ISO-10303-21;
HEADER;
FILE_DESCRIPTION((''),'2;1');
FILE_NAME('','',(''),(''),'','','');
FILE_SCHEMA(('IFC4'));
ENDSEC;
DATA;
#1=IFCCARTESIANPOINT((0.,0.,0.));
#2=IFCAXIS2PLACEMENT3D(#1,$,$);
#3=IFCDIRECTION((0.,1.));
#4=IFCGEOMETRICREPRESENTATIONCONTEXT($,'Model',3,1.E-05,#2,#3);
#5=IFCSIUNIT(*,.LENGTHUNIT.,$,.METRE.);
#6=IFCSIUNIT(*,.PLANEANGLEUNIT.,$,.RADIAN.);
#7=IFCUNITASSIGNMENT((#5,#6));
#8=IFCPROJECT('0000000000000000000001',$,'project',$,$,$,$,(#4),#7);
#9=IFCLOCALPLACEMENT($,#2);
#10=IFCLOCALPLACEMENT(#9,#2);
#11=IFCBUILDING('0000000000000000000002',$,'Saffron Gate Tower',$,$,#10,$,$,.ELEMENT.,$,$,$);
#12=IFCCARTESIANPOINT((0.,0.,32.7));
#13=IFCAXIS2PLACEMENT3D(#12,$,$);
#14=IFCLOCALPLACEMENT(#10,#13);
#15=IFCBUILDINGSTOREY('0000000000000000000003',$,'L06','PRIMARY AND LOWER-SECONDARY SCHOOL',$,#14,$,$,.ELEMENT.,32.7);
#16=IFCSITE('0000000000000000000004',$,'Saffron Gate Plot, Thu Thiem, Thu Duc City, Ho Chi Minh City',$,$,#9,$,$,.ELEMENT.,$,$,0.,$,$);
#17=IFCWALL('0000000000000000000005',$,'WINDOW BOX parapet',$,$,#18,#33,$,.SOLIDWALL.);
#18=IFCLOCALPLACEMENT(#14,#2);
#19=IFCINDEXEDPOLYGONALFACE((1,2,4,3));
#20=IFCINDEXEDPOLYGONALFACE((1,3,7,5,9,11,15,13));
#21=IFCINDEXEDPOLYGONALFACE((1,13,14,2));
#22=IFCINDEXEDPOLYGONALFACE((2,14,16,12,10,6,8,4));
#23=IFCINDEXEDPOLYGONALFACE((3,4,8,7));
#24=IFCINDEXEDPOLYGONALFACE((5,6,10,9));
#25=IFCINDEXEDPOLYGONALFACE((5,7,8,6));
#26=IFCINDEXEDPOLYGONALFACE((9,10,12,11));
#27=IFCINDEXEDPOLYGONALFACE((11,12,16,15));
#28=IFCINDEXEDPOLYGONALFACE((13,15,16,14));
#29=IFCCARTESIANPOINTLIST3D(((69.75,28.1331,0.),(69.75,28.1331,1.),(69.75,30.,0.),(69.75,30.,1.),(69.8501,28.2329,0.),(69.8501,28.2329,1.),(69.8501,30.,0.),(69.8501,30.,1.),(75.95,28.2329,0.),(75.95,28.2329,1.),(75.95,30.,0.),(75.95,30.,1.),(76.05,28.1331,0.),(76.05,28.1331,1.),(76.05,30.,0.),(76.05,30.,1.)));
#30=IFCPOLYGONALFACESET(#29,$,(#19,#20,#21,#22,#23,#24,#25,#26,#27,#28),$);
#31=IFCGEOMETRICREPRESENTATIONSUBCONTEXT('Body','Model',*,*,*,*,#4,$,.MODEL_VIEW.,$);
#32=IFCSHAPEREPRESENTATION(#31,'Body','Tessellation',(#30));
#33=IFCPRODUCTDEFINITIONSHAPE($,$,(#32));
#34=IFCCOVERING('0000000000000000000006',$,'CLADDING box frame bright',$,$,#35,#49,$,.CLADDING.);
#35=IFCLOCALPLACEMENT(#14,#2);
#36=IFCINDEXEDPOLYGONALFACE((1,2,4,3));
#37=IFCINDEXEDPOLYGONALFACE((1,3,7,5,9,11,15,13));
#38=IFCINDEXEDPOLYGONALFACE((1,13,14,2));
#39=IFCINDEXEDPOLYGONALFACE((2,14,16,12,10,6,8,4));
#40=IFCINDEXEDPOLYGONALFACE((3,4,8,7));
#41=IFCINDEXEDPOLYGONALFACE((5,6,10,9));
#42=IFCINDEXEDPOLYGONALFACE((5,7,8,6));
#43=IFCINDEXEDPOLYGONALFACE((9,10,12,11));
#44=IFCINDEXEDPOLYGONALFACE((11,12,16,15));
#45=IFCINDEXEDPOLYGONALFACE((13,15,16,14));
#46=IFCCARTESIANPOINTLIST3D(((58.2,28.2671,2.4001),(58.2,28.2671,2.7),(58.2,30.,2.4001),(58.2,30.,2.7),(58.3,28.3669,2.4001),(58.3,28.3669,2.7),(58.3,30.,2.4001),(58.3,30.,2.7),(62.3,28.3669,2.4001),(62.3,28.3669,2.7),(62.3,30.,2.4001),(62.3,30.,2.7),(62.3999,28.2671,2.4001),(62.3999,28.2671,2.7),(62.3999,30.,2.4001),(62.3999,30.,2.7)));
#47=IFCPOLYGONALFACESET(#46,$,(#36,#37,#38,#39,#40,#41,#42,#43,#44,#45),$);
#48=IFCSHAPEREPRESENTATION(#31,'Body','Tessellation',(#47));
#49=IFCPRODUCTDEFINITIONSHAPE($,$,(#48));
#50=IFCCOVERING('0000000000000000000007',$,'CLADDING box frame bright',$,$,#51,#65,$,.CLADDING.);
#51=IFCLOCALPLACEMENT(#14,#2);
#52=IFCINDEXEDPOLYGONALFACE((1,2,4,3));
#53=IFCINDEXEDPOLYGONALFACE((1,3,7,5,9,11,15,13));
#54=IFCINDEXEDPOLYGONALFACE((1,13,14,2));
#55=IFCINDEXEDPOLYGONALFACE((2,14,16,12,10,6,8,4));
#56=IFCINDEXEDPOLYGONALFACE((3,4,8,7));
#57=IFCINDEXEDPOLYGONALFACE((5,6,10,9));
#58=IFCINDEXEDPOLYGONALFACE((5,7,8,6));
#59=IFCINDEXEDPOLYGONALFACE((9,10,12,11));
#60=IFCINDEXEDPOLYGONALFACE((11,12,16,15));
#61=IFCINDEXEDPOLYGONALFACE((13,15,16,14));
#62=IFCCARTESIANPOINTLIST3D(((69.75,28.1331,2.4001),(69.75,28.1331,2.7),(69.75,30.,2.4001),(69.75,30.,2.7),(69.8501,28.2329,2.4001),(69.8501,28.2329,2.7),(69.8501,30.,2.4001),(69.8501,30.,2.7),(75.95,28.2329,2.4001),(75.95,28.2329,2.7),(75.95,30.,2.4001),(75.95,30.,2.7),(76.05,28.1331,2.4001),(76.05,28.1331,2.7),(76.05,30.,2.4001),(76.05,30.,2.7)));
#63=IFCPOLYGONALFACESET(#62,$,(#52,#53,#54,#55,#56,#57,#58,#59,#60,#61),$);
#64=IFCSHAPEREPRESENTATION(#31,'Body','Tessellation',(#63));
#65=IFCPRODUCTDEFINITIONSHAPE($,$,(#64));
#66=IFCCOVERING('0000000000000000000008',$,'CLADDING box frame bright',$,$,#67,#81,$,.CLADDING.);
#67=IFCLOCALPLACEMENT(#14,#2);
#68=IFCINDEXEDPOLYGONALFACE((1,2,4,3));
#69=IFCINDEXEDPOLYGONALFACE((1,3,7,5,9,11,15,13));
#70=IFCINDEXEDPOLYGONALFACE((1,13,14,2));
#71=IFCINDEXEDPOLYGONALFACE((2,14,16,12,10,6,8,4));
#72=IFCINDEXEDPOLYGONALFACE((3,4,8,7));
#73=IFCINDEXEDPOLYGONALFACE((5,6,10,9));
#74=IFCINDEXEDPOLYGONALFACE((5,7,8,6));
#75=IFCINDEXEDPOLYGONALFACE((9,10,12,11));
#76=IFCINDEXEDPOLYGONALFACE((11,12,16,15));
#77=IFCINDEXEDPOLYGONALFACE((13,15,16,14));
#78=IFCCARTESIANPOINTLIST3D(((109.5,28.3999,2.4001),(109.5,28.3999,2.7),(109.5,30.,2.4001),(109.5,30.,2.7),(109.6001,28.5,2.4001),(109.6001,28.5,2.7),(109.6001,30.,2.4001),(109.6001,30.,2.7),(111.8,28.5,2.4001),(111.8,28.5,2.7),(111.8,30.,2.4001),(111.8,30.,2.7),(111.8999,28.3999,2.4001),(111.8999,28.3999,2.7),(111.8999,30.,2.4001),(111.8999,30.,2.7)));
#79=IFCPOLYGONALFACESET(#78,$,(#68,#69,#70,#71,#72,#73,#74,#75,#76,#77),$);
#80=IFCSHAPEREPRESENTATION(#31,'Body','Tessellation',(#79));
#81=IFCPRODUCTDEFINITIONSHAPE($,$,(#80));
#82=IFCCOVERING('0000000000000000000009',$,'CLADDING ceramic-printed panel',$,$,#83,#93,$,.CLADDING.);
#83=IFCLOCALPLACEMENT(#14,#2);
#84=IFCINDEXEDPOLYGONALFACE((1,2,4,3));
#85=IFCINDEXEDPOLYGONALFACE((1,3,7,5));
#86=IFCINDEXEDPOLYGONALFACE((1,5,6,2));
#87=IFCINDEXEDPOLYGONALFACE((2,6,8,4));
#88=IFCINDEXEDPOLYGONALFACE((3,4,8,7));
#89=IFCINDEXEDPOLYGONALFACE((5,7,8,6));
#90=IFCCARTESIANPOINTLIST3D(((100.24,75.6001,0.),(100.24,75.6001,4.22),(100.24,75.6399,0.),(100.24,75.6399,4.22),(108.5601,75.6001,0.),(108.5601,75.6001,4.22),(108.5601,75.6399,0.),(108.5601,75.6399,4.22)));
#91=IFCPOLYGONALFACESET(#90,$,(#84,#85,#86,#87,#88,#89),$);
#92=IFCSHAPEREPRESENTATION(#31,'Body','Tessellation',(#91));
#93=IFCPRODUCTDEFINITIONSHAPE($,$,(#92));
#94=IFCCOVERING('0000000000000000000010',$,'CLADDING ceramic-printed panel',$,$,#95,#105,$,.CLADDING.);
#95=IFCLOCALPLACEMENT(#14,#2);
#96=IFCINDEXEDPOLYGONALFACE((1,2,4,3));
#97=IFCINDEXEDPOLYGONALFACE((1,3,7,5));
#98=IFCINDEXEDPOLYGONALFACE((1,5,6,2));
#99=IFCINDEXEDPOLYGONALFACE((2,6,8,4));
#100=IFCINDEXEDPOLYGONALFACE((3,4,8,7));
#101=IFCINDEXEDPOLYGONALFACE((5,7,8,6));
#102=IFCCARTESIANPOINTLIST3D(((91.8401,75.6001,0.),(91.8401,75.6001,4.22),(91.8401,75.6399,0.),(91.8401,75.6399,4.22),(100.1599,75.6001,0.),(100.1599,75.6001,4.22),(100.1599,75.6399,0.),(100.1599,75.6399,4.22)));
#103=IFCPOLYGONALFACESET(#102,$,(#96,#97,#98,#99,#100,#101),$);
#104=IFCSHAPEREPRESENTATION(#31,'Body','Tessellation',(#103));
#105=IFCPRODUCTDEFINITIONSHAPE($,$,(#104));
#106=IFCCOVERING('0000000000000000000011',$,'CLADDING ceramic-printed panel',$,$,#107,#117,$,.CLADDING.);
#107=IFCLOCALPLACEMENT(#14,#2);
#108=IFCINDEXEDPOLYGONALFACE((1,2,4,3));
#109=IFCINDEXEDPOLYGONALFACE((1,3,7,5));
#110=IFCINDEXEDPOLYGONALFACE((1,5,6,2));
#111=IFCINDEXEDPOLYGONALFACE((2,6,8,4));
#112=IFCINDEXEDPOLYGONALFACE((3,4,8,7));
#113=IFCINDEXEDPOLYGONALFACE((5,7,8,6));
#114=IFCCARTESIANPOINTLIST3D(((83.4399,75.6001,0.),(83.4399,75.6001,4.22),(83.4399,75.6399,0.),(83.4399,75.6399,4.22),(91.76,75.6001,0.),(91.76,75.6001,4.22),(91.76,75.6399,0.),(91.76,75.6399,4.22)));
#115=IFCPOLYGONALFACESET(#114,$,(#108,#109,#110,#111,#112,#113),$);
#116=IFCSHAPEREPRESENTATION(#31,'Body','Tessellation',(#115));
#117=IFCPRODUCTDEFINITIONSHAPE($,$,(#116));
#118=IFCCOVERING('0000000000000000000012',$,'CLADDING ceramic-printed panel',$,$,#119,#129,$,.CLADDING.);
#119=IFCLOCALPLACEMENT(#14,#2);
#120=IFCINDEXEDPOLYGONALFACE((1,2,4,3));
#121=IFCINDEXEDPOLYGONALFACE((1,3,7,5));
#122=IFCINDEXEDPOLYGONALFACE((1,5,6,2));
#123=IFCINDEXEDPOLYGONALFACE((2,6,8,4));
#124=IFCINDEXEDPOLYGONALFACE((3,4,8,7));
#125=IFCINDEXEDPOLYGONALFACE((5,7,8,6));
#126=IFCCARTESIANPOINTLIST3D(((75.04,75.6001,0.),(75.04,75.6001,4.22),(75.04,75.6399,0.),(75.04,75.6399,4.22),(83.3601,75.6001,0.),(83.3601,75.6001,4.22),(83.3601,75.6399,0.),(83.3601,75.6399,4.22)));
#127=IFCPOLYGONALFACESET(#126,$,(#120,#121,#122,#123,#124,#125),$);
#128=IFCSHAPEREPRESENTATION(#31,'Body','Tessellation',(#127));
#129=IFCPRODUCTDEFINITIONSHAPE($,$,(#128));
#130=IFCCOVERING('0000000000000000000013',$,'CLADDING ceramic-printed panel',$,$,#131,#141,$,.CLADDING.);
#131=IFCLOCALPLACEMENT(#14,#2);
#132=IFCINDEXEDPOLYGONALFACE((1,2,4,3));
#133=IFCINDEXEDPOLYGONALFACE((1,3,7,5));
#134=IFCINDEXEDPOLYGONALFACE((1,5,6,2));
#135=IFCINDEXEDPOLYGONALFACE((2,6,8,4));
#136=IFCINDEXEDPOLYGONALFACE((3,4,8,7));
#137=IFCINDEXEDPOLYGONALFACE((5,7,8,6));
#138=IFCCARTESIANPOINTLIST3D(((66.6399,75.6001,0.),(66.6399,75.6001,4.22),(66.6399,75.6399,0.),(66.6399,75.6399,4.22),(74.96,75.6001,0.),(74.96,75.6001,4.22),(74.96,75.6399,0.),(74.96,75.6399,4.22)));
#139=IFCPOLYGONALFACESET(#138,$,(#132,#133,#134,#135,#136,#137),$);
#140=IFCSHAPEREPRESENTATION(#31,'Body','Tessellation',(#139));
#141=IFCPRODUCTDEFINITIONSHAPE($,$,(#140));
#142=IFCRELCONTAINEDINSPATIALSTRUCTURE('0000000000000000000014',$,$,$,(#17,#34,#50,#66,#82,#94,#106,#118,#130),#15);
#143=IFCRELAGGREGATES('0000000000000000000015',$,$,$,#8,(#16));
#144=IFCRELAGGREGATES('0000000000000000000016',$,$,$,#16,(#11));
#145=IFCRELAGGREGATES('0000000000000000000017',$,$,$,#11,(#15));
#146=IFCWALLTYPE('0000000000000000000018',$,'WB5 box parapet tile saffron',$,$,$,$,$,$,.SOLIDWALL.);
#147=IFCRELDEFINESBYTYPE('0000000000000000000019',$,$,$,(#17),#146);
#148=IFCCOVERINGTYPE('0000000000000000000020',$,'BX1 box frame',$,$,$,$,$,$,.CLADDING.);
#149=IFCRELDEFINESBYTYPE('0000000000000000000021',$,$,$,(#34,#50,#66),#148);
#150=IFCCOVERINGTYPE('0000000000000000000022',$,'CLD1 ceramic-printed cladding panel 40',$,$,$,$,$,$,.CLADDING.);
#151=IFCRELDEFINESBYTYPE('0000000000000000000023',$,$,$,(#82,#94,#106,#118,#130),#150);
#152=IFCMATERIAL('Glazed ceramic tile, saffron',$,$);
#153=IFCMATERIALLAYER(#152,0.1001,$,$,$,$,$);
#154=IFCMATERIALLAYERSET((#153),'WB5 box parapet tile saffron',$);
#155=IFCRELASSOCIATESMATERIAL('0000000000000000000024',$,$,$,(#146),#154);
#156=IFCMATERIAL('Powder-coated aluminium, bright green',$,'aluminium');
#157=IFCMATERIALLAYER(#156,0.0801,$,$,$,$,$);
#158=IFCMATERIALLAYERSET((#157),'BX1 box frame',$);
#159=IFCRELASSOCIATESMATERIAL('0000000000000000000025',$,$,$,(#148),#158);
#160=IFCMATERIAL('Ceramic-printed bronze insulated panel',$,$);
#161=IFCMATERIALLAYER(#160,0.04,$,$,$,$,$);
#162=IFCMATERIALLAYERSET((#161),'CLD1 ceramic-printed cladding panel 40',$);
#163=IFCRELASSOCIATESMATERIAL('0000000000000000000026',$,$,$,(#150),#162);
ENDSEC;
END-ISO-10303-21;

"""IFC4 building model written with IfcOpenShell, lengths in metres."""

from ifc_helpers import new_model, si_unit, direction, frame, origin, place, context, subcontext, project, spatial, polyline, outline, extrude, material, layer, layer_set, type_object, element, save


model = new_model("IFC4")

# Units and contexts
model_context = context("Model", 3, precision=1e-05, world=origin(), true_north=direction((0.0, 1.0)))
body_context = subcontext(model_context, "Body", "Model", "MODEL_VIEW")
ifc_project = project(units=[si_unit("LENGTHUNIT", "METRE"), si_unit("PLANEANGLEUNIT", "RADIAN")], contexts=[model_context])

# Site, building, storey
site_placement = place(None, origin())
site = spatial("IfcSite", under=ifc_project, at=site_placement, Name="Saffron Gate Plot, Thu Thiem, Thu Duc City, Ho Chi Minh City", CompositionType="ELEMENT", RefElevation=0.0)
building_placement = place(site_placement, origin())
building = spatial("IfcBuilding", under=site, at=building_placement, Name="Saffron Gate Tower", CompositionType="ELEMENT")
storey_placement = place(building_placement, frame((0.0, 0.0, 32.7)))
storey = spatial("IfcBuildingStorey", under=building, at=storey_placement, Name="L06", Description="PRIMARY AND LOWER-SECONDARY SCHOOL", CompositionType="ELEMENT", Elevation=32.7)

# Wall
ifc_material_1 = material(Name="Glazed ceramic tile, saffron")
ifc_layer_1 = layer(ifc_material_1, 0.1001)
ifc_layer_set_1 = layer_set([ifc_layer_1], Name="WB5 box parapet tile saffron")
wall_type_1 = type_object("IfcWallType", Name="WB5 box parapet tile saffron", PredefinedType="SOLIDWALL", material=ifc_layer_set_1)
wall_1_placement = place(storey_placement, origin())
element("IfcWall", 1, at=wall_1_placement, inside=storey, type_object=wall_type_1, Name="WINDOW BOX parapet", PredefinedType="SOLIDWALL", context=body_context, shape_type="SweptSolid", body=[
    extrude(outline(polyline([(69.75, 30.0), (69.8501, 30.0), (69.8501, 28.2329), (75.95, 28.2329), (75.95, 30.0), (76.05, 30.0), (76.05, 28.1331), (69.75, 28.1331), (69.75, 30.0)])), origin(), (0.0, 0.0, 1.0), 1.0),
])

# Coverings
ifc_material_2 = material(Name="Powder-coated aluminium, bright green", Category="aluminium")
ifc_layer_2 = layer(ifc_material_2, 0.0801)
ifc_layer_set_2 = layer_set([ifc_layer_2], Name="BX1 box frame")
covering_type_1 = type_object("IfcCoveringType", Name="BX1 box frame", PredefinedType="CLADDING", material=ifc_layer_set_2)
covering_1_placement = place(storey_placement, frame((0.0, 0.0, 2.4001)))
element("IfcCovering", 2, at=covering_1_placement, inside=storey, type_object=covering_type_1, Name="CLADDING box frame bright", PredefinedType="CLADDING", context=body_context, shape_type="SweptSolid", body=[
    extrude(outline(polyline([(58.2, 30.0), (58.3, 30.0), (58.3, 28.3669), (62.3, 28.3669), (62.3, 30.0), (62.3999, 30.0), (62.3999, 28.2671), (58.2, 28.2671), (58.2, 30.0)])), origin(), (0.0, 0.0, 1.0), 0.2998),
])
covering_2_placement = place(storey_placement, frame((0.0, 0.0, 2.4001)))
element("IfcCovering", 3, at=covering_2_placement, inside=storey, type_object=covering_type_1, Name="CLADDING box frame bright", PredefinedType="CLADDING", context=body_context, shape_type="SweptSolid", body=[
    extrude(outline(polyline([(69.75, 30.0), (69.8501, 30.0), (69.8501, 28.2329), (75.95, 28.2329), (75.95, 30.0), (76.05, 30.0), (76.05, 28.1331), (69.75, 28.1331), (69.75, 30.0)])), origin(), (0.0, 0.0, 1.0), 0.2998),
])
covering_3_placement = place(storey_placement, frame((0.0, 0.0, 2.4001)))
element("IfcCovering", 4, at=covering_3_placement, inside=storey, type_object=covering_type_1, Name="CLADDING box frame bright", PredefinedType="CLADDING", context=body_context, shape_type="SweptSolid", body=[
    extrude(outline(polyline([(109.5, 30.0), (109.6001, 30.0), (109.6001, 28.5), (111.8, 28.5), (111.8, 30.0), (111.8999, 30.0), (111.8999, 28.3999), (109.5, 28.3999), (109.5, 30.0)])), origin(), (0.0, 0.0, 1.0), 0.2998),
])
ifc_material_3 = material(Name="Ceramic-printed bronze insulated panel")
ifc_layer_3 = layer(ifc_material_3, 0.04)
ifc_layer_set_3 = layer_set([ifc_layer_3], Name="CLD1 ceramic-printed cladding panel 40")
covering_type_2 = type_object("IfcCoveringType", Name="CLD1 ceramic-printed cladding panel 40", PredefinedType="CLADDING", material=ifc_layer_set_3)
covering_4_placement = place(storey_placement, origin())
element("IfcCovering", 5, at=covering_4_placement, inside=storey, type_object=covering_type_2, Name="CLADDING ceramic-printed panel", PredefinedType="CLADDING", context=body_context, shape_type="SweptSolid", body=[
    extrude(outline(polyline([(108.5601, 75.6399), (100.24, 75.6399), (100.24, 75.6001), (108.5601, 75.6001), (108.5601, 75.6399)])), origin(), (0.0, 0.0, 1.0), 4.22),
])
covering_5_placement = place(storey_placement, origin())
element("IfcCovering", 6, at=covering_5_placement, inside=storey, type_object=covering_type_2, Name="CLADDING ceramic-printed panel", PredefinedType="CLADDING", context=body_context, shape_type="SweptSolid", body=[
    extrude(outline(polyline([(100.1599, 75.6399), (91.8401, 75.6399), (91.8401, 75.6001), (100.1599, 75.6001), (100.1599, 75.6399)])), origin(), (0.0, 0.0, 1.0), 4.22),
])
covering_6_placement = place(storey_placement, origin())
element("IfcCovering", 7, at=covering_6_placement, inside=storey, type_object=covering_type_2, Name="CLADDING ceramic-printed panel", PredefinedType="CLADDING", context=body_context, shape_type="SweptSolid", body=[
    extrude(outline(polyline([(91.76, 75.6399), (83.4399, 75.6399), (83.4399, 75.6001), (91.76, 75.6001), (91.76, 75.6399)])), origin(), (0.0, 0.0, 1.0), 4.22),
])
covering_7_placement = place(storey_placement, origin())
element("IfcCovering", 8, at=covering_7_placement, inside=storey, type_object=covering_type_2, Name="CLADDING ceramic-printed panel", PredefinedType="CLADDING", context=body_context, shape_type="SweptSolid", body=[
    extrude(outline(polyline([(83.3601, 75.6399), (75.04, 75.6399), (75.04, 75.6001), (83.3601, 75.6001), (83.3601, 75.6399)])), origin(), (0.0, 0.0, 1.0), 4.22),
])
covering_8_placement = place(storey_placement, origin())
element("IfcCovering", 9, at=covering_8_placement, inside=storey, type_object=covering_type_2, Name="CLADDING ceramic-printed panel", PredefinedType="CLADDING", context=body_context, shape_type="SweptSolid", body=[
    extrude(outline(polyline([(74.96, 75.6399), (66.6399, 75.6399), (66.6399, 75.6001), (74.96, 75.6001), (74.96, 75.6399)])), origin(), (0.0, 0.0, 1.0), 4.22),
])

save(model, "model.ifc")
